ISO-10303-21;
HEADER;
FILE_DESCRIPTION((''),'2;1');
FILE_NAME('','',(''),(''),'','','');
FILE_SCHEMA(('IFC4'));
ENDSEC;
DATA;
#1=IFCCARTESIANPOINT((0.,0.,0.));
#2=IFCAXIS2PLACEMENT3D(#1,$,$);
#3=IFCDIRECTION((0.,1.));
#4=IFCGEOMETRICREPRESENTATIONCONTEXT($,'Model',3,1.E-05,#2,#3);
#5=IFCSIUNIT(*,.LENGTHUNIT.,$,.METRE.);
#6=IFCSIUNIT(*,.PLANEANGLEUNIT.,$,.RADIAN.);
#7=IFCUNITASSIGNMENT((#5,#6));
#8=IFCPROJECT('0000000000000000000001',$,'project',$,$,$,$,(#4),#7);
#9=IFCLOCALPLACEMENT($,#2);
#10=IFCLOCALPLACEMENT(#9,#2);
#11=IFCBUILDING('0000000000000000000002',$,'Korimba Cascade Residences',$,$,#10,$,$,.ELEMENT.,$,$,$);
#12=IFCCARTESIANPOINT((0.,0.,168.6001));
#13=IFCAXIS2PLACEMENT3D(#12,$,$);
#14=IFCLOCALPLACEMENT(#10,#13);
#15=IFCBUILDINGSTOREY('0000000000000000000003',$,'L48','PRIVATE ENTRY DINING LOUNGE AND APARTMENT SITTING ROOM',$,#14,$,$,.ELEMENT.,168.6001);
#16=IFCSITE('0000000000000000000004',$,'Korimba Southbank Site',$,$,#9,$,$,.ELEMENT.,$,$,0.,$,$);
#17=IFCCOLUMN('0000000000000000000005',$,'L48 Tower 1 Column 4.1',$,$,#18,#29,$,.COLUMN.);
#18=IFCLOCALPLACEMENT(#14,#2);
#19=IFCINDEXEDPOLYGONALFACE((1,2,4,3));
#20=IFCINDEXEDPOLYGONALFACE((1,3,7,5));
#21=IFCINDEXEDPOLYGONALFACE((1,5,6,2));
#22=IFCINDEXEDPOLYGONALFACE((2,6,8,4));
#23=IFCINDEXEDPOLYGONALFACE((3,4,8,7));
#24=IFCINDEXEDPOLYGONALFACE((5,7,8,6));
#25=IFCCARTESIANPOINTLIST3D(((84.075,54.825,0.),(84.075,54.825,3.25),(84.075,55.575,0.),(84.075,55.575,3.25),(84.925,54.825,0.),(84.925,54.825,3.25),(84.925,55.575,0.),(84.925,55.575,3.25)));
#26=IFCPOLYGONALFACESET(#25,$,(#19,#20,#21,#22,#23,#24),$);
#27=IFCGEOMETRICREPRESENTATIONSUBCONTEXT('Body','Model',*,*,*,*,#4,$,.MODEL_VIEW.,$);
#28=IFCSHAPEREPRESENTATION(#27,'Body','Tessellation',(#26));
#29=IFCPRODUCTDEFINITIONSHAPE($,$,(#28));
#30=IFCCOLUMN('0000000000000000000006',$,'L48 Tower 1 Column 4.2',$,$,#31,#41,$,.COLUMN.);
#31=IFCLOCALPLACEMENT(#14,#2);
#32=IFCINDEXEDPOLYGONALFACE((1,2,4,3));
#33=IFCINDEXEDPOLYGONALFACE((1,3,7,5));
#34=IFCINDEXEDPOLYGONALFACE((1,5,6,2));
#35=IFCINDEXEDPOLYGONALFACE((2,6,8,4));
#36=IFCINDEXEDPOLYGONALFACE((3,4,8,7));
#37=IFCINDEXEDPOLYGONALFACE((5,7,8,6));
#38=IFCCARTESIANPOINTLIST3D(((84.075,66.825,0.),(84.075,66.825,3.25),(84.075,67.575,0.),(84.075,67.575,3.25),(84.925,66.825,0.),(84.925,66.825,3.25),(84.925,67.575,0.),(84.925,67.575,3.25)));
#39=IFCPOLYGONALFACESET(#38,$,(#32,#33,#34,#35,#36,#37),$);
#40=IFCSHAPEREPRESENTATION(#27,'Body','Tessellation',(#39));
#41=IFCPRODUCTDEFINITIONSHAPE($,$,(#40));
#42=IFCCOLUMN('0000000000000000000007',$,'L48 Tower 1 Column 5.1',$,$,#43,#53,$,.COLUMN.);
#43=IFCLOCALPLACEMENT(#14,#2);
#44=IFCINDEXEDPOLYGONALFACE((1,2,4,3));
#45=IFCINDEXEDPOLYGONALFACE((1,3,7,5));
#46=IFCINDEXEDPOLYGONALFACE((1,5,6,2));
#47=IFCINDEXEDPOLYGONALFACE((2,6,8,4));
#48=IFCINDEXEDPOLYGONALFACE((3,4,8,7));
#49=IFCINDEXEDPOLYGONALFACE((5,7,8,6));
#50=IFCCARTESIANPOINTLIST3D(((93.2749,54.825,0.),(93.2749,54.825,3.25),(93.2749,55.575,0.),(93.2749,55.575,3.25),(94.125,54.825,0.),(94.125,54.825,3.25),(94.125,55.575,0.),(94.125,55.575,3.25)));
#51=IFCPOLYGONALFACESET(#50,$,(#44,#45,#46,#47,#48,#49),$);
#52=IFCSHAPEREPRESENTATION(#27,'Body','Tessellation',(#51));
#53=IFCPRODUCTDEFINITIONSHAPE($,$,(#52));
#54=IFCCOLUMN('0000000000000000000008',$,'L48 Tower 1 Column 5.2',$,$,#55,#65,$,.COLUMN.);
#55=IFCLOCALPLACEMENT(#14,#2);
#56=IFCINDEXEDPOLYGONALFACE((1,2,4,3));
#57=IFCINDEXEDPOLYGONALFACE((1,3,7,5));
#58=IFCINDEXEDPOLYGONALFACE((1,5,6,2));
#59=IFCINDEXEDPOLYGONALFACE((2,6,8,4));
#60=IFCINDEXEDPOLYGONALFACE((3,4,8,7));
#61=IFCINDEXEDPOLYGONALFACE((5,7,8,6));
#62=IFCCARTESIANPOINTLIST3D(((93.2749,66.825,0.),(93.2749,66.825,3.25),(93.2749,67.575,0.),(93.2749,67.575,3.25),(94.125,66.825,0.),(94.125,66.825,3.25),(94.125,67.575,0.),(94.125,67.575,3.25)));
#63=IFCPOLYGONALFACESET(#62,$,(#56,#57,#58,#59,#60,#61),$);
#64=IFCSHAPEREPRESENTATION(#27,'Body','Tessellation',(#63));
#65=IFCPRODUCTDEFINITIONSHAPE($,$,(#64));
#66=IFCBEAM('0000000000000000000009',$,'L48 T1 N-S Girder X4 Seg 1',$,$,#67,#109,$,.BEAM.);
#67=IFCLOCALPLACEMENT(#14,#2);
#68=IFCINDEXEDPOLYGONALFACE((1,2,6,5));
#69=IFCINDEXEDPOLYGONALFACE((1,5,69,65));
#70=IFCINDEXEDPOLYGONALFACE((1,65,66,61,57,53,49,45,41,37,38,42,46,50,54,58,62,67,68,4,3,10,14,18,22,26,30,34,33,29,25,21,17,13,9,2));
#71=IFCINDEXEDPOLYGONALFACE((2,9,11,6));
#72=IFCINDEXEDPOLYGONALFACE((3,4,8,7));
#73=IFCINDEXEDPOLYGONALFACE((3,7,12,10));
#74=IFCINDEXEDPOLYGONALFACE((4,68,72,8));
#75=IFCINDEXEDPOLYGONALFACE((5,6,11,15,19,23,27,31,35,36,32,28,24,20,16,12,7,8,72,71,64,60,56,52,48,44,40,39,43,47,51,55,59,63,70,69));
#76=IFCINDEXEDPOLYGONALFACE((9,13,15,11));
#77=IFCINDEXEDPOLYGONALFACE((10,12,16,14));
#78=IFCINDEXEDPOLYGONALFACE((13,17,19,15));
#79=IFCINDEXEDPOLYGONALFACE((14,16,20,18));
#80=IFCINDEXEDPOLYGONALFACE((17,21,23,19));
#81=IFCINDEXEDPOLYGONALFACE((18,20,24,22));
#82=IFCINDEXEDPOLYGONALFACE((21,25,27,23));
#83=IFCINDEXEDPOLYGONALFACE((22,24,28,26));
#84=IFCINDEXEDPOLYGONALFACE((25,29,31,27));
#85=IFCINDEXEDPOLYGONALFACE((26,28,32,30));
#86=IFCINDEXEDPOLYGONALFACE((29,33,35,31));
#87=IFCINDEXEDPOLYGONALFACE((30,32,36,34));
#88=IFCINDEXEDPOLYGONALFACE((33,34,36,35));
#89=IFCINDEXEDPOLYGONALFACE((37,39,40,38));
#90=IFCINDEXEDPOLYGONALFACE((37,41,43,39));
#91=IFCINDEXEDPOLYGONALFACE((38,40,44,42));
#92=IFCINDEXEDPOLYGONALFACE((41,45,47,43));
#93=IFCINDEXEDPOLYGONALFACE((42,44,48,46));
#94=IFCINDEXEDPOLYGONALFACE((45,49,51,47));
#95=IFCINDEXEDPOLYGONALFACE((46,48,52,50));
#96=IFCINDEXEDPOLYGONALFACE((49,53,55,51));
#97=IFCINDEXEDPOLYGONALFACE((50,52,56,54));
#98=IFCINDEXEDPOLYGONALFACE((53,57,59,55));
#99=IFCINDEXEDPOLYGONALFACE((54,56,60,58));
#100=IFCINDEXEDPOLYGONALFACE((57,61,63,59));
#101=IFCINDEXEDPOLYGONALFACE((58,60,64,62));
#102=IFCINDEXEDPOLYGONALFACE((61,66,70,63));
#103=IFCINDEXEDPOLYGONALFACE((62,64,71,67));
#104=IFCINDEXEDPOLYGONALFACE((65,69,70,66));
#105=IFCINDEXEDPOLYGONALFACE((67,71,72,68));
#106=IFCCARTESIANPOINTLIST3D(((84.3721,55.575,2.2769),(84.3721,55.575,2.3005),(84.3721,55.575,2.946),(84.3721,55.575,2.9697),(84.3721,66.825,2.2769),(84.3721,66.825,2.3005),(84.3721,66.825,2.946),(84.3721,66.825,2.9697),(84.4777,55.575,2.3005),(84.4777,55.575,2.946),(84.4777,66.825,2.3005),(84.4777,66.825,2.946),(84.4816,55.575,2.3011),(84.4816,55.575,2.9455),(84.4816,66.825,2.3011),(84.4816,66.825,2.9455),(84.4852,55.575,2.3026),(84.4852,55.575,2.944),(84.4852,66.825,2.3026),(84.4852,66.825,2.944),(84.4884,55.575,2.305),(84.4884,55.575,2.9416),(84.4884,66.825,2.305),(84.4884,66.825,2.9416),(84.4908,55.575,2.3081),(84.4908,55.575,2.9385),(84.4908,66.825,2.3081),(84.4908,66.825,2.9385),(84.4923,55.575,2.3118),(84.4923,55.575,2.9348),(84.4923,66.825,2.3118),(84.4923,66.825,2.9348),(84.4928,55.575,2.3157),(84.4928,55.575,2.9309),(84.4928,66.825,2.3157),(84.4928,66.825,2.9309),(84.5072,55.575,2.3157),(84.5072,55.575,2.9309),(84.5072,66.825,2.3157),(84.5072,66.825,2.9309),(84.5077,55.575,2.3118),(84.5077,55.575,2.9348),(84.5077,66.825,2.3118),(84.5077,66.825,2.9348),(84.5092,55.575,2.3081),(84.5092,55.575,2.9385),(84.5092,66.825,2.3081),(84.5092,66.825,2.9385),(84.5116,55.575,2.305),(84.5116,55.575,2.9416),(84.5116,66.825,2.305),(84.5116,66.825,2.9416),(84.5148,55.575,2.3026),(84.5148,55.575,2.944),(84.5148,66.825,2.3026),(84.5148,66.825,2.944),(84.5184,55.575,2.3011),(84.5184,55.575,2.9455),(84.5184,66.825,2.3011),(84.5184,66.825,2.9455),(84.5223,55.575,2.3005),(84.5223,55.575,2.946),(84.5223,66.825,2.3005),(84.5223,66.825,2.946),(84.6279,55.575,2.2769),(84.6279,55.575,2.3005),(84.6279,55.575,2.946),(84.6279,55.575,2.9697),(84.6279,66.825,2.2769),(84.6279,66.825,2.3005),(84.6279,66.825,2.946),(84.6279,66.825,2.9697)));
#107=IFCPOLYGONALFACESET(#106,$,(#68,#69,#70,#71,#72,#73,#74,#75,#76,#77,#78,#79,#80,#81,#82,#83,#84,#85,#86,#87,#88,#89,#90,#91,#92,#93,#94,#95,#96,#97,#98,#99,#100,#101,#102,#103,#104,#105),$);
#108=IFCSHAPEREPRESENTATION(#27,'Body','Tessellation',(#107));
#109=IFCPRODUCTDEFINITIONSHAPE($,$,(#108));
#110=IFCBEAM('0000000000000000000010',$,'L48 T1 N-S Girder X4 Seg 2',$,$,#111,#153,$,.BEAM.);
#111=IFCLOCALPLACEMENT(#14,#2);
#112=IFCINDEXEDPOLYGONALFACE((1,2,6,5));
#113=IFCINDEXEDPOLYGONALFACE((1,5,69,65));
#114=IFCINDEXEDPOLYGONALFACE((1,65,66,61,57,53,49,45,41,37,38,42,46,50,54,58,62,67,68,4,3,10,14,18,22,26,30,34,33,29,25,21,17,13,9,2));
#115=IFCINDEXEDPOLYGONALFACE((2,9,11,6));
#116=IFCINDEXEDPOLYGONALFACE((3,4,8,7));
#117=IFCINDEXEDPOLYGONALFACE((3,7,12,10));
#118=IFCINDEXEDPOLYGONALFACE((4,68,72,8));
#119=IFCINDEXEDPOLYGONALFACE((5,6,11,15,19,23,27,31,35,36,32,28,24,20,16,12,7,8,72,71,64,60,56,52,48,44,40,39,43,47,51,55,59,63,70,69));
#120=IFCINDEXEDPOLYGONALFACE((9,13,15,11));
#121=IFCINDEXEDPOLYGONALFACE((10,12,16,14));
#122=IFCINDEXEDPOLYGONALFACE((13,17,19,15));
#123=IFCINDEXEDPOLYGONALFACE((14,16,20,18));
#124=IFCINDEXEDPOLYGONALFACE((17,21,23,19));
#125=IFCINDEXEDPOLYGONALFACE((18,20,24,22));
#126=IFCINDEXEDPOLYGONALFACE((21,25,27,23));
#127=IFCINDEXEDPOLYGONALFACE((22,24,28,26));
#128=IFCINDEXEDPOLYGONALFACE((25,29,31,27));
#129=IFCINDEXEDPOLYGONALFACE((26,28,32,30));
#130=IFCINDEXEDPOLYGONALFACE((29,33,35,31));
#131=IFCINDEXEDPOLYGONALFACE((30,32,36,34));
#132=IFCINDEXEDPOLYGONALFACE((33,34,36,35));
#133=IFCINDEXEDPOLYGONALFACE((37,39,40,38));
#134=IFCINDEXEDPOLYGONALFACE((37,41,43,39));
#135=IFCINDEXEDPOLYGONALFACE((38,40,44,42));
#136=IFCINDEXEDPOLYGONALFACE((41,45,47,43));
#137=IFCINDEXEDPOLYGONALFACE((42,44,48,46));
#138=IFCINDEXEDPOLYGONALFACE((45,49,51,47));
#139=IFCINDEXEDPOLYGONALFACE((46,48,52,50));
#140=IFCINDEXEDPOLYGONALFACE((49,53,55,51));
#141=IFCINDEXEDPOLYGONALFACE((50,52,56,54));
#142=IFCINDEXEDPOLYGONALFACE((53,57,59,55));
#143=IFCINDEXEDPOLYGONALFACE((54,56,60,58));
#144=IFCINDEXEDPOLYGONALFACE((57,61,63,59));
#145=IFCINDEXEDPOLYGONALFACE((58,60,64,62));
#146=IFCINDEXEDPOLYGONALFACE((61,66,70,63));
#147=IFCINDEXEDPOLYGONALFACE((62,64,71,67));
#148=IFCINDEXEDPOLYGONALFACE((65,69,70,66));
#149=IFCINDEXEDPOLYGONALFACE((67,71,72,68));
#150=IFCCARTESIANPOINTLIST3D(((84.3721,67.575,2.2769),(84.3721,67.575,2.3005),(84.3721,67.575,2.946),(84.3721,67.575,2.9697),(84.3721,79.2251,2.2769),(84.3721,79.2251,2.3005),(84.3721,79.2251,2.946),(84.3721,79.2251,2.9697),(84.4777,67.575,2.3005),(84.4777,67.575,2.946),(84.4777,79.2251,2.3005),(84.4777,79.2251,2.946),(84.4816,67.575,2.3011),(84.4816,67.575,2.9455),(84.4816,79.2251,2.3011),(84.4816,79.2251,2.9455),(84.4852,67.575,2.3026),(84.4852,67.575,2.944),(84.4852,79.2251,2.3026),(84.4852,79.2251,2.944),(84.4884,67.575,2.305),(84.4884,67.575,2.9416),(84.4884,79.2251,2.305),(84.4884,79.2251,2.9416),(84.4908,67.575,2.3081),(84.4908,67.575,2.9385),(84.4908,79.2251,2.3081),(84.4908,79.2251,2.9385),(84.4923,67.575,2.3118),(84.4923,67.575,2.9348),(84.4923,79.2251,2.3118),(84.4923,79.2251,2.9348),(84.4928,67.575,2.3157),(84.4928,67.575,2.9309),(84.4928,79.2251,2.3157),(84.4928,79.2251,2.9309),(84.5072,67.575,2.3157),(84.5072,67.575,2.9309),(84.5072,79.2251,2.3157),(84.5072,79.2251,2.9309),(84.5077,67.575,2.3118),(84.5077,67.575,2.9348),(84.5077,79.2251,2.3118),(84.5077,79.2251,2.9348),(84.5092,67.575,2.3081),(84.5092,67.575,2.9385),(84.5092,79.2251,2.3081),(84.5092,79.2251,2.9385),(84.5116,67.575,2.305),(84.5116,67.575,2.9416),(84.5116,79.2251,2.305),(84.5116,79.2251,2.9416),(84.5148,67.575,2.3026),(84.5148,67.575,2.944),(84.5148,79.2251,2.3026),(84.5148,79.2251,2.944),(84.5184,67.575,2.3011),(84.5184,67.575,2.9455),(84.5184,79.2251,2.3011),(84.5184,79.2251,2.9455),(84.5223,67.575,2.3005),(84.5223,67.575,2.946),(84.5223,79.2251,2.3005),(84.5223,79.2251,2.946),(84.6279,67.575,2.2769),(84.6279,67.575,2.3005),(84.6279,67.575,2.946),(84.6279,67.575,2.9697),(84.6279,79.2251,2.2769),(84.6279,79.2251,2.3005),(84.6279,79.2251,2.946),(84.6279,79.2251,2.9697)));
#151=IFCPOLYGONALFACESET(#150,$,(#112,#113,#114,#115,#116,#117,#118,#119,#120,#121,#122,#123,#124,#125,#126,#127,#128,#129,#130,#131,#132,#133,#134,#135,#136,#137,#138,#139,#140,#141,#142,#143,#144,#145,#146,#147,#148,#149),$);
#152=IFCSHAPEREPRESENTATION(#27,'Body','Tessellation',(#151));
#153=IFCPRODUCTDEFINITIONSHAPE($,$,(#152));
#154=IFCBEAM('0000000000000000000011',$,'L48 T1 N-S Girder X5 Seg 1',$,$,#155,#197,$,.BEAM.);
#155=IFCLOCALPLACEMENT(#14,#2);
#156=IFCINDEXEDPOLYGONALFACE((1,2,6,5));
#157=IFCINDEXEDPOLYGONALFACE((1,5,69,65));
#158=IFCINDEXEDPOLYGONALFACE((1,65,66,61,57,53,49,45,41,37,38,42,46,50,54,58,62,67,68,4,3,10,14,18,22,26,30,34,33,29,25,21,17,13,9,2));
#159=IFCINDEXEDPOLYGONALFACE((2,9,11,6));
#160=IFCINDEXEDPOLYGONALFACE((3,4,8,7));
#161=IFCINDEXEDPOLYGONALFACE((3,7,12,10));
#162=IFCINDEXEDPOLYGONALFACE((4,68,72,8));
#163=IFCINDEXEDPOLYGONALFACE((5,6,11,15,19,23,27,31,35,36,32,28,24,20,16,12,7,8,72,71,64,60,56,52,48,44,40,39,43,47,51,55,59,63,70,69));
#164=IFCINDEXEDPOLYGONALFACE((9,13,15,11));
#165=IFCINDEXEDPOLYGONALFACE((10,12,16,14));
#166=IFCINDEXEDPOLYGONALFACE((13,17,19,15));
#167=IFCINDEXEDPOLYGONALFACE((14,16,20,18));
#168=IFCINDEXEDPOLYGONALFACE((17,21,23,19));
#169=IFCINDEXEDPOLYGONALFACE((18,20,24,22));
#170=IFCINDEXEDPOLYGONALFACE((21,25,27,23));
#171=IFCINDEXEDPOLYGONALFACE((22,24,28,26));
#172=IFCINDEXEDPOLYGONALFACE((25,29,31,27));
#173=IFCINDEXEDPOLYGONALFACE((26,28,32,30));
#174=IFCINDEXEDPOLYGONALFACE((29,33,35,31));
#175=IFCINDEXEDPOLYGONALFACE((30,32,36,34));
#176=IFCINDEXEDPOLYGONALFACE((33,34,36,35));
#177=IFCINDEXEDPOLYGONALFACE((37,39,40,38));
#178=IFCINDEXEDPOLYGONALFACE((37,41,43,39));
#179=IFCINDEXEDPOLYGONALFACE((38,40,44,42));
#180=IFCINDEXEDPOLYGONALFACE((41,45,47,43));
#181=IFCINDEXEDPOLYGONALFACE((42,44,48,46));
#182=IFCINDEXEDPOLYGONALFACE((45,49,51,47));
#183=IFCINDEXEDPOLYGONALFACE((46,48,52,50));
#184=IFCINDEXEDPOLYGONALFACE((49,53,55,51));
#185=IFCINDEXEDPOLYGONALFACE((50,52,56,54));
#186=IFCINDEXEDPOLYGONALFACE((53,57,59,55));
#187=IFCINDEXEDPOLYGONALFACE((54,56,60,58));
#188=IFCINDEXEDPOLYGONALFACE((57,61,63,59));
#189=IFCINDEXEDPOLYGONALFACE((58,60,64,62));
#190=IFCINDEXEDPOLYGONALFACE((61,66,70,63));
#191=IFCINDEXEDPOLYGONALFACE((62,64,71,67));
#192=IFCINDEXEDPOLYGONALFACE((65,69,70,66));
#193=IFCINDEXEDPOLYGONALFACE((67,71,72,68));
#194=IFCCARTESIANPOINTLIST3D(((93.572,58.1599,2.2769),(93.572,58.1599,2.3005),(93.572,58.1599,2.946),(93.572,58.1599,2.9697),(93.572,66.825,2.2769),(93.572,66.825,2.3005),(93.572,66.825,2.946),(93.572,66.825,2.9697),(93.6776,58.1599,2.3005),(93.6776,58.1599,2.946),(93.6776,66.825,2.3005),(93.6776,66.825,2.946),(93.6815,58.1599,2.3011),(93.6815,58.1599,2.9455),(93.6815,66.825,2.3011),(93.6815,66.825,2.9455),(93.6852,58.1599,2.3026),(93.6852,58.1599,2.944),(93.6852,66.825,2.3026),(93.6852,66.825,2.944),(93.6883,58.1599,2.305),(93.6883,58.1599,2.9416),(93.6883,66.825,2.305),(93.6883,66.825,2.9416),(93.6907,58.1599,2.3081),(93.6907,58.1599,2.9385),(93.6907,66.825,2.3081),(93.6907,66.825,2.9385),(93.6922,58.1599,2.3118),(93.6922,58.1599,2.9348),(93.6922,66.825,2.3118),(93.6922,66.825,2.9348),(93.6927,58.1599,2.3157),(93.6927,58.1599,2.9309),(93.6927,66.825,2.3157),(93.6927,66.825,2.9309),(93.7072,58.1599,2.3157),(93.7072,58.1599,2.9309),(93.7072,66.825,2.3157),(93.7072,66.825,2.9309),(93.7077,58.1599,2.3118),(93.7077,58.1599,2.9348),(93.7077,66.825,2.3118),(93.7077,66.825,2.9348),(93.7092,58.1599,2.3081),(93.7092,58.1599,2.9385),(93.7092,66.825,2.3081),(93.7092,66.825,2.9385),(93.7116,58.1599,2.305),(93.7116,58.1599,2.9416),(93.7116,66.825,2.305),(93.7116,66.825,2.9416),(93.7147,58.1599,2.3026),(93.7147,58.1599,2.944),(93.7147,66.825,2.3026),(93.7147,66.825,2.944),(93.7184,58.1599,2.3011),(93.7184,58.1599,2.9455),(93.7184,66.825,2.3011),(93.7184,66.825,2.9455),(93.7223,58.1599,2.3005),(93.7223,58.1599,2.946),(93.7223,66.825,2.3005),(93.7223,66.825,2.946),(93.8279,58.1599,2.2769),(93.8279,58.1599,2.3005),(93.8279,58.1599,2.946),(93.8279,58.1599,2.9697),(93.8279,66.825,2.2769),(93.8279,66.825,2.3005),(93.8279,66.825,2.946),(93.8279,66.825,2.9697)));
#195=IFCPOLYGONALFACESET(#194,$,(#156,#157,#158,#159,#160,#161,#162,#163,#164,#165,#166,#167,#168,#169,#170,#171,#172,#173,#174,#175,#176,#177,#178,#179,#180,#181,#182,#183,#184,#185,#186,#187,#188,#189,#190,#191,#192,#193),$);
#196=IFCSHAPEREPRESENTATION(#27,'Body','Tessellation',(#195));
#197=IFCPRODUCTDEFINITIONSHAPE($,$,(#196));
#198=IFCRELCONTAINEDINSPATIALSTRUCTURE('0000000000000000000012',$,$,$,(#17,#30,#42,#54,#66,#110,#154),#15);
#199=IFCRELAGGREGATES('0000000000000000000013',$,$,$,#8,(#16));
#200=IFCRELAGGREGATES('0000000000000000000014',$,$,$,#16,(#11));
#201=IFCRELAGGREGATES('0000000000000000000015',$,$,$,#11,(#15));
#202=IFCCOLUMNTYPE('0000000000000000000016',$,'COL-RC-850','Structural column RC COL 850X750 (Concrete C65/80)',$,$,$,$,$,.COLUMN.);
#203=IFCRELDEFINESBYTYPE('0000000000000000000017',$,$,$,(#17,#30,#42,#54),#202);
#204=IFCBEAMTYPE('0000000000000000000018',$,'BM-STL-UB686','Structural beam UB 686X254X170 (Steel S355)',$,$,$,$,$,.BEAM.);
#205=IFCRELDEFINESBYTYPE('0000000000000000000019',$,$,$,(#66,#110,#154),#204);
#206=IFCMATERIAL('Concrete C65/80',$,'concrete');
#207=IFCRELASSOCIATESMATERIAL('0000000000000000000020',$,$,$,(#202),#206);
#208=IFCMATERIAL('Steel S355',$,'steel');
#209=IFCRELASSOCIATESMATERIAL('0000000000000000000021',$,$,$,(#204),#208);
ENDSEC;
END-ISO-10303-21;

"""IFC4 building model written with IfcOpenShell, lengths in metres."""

from ifc_helpers import new_model, si_unit, direction, frame, origin, origin_2d, place, context, subcontext, project, spatial, rectangle, i_section, extrude, material, material_profile, profile_set, type_object, element, save


model = new_model("IFC4")

# Units and contexts
model_context = context("Model", 3, precision=1e-05, world=origin(), true_north=direction((0.0, 1.0)))
body_context = subcontext(model_context, "Body", "Model", "MODEL_VIEW")
ifc_project = project(units=[si_unit("LENGTHUNIT", "METRE"), si_unit("PLANEANGLEUNIT", "RADIAN")], contexts=[model_context])

# Site, building, storey
site_placement = place(None, origin())
site = spatial("IfcSite", under=ifc_project, at=site_placement, Name="Korimba Southbank Site", CompositionType="ELEMENT", RefElevation=0.0)
building_placement = place(site_placement, origin())
building = spatial("IfcBuilding", under=site, at=building_placement, Name="Korimba Cascade Residences", CompositionType="ELEMENT")
storey_placement = place(building_placement, frame((0.0, 0.0, 168.6001)))
storey = spatial("IfcBuildingStorey", under=building, at=storey_placement, Name="L48", Description="PRIVATE ENTRY DINING LOUNGE AND APARTMENT SITTING ROOM", CompositionType="ELEMENT", Elevation=168.6001)

# Columns
ifc_material_1 = material(Name="Concrete C65/80", Category="concrete")
ifc_material_profile_1 = material_profile(ifc_material_1, rectangle(XDim=0.8501, YDim=0.75, at=origin_2d()), Name="Concrete C65/80")
ifc_profile_set_1 = profile_set([ifc_material_profile_1], Name="Concrete C65/80")
column_type = type_object("IfcColumnType", Name="COL-RC-850", Description="Structural column RC COL 850X750 (Concrete C65/80)", PredefinedType="COLUMN", material=ifc_profile_set_1)
for number, where, z_axis, x_axis, name in (
    (1, (84.5, 55.2, 0.0), (0.0, 0.0, 1.0), (1.0, 0.0, 0.0), "L48 Tower 1 Column 4.1"),
    (2, (84.5, 67.2, 0.0), (0.0, 0.0, 1.0), (1.0, 0.0, 0.0), "L48 Tower 1 Column 4.2"),
    (3, (93.7, 55.2, 0.0), (0.0, 0.0, 1.0), (1.0, 0.0, 0.0), "L48 Tower 1 Column 5.1"),
    (4, (93.7, 67.2, 0.0), (0.0, 0.0, 1.0), (1.0, 0.0, 0.0), "L48 Tower 1 Column 5.2"),
):
    element("IfcColumn", number, at=place(storey_placement, frame(where, z_axis=z_axis, x_axis=x_axis)), inside=storey, type_object=column_type, Name=name, PredefinedType="COLUMN", context=body_context, shape_type="SweptSolid", body=[
        extrude(rectangle(XDim=0.8501, YDim=0.75, at=origin_2d()), origin(), (0.0, 0.0, 1.0), 3.25),
    ])

# Beams
ifc_material_2 = material(Name="Steel S355", Category="steel")
ifc_material_profile_2 = material_profile(ifc_material_2, i_section(OverallWidth=0.2559, OverallDepth=0.6929, WebThickness=0.0144, FlangeThickness=0.0237, FilletRadius=0.0151, at=origin_2d()), Name="Steel S355")
ifc_profile_set_2 = profile_set([ifc_material_profile_2], Name="Steel S355")
beam_type = type_object("IfcBeamType", Name="BM-STL-UB686", Description="Structural beam UB 686X254X170 (Steel S355)", PredefinedType="BEAM", material=ifc_profile_set_2)
beam_1_placement = place(storey_placement, frame((84.5, 55.575, 2.6233), z_axis=(0.0, 1.0, 0.0), x_axis=(-1.0, 0.0, 0.0)))
element("IfcBeam", 5, at=beam_1_placement, inside=storey, type_object=beam_type, Name="L48 T1 N-S Girder X4 Seg 1", PredefinedType="BEAM", context=body_context, shape_type="SweptSolid", body=[
    extrude(i_section(OverallWidth=0.2559, OverallDepth=0.6929, WebThickness=0.0144, FlangeThickness=0.0237, FilletRadius=0.0151, at=origin_2d()), origin(), (0.0, 0.0, 1.0), 11.25),
])
beam_2_placement = place(storey_placement, frame((84.5, 67.575, 2.6233), z_axis=(0.0, 1.0, 0.0), x_axis=(-1.0, 0.0, 0.0)))
element("IfcBeam", 6, at=beam_2_placement, inside=storey, type_object=beam_type, Name="L48 T1 N-S Girder X4 Seg 2", PredefinedType="BEAM", context=body_context, shape_type="SweptSolid", body=[
    extrude(i_section(OverallWidth=0.2559, OverallDepth=0.6929, WebThickness=0.0144, FlangeThickness=0.0237, FilletRadius=0.0151, at=origin_2d()), origin(), (0.0, 0.0, 1.0), 11.6501),
])
beam_3_placement = place(storey_placement, frame((93.7, 58.1599, 2.6233), z_axis=(0.0, 1.0, 0.0), x_axis=(-1.0, 0.0, 0.0)))
element("IfcBeam", 7, at=beam_3_placement, inside=storey, type_object=beam_type, Name="L48 T1 N-S Girder X5 Seg 1", PredefinedType="BEAM", context=body_context, shape_type="SweptSolid", body=[
    extrude(i_section(OverallWidth=0.2559, OverallDepth=0.6929, WebThickness=0.0144, FlangeThickness=0.0237, FilletRadius=0.0151, at=origin_2d()), origin(), (0.0, 0.0, 1.0), 8.665),
])

save(model, "model.ifc")
